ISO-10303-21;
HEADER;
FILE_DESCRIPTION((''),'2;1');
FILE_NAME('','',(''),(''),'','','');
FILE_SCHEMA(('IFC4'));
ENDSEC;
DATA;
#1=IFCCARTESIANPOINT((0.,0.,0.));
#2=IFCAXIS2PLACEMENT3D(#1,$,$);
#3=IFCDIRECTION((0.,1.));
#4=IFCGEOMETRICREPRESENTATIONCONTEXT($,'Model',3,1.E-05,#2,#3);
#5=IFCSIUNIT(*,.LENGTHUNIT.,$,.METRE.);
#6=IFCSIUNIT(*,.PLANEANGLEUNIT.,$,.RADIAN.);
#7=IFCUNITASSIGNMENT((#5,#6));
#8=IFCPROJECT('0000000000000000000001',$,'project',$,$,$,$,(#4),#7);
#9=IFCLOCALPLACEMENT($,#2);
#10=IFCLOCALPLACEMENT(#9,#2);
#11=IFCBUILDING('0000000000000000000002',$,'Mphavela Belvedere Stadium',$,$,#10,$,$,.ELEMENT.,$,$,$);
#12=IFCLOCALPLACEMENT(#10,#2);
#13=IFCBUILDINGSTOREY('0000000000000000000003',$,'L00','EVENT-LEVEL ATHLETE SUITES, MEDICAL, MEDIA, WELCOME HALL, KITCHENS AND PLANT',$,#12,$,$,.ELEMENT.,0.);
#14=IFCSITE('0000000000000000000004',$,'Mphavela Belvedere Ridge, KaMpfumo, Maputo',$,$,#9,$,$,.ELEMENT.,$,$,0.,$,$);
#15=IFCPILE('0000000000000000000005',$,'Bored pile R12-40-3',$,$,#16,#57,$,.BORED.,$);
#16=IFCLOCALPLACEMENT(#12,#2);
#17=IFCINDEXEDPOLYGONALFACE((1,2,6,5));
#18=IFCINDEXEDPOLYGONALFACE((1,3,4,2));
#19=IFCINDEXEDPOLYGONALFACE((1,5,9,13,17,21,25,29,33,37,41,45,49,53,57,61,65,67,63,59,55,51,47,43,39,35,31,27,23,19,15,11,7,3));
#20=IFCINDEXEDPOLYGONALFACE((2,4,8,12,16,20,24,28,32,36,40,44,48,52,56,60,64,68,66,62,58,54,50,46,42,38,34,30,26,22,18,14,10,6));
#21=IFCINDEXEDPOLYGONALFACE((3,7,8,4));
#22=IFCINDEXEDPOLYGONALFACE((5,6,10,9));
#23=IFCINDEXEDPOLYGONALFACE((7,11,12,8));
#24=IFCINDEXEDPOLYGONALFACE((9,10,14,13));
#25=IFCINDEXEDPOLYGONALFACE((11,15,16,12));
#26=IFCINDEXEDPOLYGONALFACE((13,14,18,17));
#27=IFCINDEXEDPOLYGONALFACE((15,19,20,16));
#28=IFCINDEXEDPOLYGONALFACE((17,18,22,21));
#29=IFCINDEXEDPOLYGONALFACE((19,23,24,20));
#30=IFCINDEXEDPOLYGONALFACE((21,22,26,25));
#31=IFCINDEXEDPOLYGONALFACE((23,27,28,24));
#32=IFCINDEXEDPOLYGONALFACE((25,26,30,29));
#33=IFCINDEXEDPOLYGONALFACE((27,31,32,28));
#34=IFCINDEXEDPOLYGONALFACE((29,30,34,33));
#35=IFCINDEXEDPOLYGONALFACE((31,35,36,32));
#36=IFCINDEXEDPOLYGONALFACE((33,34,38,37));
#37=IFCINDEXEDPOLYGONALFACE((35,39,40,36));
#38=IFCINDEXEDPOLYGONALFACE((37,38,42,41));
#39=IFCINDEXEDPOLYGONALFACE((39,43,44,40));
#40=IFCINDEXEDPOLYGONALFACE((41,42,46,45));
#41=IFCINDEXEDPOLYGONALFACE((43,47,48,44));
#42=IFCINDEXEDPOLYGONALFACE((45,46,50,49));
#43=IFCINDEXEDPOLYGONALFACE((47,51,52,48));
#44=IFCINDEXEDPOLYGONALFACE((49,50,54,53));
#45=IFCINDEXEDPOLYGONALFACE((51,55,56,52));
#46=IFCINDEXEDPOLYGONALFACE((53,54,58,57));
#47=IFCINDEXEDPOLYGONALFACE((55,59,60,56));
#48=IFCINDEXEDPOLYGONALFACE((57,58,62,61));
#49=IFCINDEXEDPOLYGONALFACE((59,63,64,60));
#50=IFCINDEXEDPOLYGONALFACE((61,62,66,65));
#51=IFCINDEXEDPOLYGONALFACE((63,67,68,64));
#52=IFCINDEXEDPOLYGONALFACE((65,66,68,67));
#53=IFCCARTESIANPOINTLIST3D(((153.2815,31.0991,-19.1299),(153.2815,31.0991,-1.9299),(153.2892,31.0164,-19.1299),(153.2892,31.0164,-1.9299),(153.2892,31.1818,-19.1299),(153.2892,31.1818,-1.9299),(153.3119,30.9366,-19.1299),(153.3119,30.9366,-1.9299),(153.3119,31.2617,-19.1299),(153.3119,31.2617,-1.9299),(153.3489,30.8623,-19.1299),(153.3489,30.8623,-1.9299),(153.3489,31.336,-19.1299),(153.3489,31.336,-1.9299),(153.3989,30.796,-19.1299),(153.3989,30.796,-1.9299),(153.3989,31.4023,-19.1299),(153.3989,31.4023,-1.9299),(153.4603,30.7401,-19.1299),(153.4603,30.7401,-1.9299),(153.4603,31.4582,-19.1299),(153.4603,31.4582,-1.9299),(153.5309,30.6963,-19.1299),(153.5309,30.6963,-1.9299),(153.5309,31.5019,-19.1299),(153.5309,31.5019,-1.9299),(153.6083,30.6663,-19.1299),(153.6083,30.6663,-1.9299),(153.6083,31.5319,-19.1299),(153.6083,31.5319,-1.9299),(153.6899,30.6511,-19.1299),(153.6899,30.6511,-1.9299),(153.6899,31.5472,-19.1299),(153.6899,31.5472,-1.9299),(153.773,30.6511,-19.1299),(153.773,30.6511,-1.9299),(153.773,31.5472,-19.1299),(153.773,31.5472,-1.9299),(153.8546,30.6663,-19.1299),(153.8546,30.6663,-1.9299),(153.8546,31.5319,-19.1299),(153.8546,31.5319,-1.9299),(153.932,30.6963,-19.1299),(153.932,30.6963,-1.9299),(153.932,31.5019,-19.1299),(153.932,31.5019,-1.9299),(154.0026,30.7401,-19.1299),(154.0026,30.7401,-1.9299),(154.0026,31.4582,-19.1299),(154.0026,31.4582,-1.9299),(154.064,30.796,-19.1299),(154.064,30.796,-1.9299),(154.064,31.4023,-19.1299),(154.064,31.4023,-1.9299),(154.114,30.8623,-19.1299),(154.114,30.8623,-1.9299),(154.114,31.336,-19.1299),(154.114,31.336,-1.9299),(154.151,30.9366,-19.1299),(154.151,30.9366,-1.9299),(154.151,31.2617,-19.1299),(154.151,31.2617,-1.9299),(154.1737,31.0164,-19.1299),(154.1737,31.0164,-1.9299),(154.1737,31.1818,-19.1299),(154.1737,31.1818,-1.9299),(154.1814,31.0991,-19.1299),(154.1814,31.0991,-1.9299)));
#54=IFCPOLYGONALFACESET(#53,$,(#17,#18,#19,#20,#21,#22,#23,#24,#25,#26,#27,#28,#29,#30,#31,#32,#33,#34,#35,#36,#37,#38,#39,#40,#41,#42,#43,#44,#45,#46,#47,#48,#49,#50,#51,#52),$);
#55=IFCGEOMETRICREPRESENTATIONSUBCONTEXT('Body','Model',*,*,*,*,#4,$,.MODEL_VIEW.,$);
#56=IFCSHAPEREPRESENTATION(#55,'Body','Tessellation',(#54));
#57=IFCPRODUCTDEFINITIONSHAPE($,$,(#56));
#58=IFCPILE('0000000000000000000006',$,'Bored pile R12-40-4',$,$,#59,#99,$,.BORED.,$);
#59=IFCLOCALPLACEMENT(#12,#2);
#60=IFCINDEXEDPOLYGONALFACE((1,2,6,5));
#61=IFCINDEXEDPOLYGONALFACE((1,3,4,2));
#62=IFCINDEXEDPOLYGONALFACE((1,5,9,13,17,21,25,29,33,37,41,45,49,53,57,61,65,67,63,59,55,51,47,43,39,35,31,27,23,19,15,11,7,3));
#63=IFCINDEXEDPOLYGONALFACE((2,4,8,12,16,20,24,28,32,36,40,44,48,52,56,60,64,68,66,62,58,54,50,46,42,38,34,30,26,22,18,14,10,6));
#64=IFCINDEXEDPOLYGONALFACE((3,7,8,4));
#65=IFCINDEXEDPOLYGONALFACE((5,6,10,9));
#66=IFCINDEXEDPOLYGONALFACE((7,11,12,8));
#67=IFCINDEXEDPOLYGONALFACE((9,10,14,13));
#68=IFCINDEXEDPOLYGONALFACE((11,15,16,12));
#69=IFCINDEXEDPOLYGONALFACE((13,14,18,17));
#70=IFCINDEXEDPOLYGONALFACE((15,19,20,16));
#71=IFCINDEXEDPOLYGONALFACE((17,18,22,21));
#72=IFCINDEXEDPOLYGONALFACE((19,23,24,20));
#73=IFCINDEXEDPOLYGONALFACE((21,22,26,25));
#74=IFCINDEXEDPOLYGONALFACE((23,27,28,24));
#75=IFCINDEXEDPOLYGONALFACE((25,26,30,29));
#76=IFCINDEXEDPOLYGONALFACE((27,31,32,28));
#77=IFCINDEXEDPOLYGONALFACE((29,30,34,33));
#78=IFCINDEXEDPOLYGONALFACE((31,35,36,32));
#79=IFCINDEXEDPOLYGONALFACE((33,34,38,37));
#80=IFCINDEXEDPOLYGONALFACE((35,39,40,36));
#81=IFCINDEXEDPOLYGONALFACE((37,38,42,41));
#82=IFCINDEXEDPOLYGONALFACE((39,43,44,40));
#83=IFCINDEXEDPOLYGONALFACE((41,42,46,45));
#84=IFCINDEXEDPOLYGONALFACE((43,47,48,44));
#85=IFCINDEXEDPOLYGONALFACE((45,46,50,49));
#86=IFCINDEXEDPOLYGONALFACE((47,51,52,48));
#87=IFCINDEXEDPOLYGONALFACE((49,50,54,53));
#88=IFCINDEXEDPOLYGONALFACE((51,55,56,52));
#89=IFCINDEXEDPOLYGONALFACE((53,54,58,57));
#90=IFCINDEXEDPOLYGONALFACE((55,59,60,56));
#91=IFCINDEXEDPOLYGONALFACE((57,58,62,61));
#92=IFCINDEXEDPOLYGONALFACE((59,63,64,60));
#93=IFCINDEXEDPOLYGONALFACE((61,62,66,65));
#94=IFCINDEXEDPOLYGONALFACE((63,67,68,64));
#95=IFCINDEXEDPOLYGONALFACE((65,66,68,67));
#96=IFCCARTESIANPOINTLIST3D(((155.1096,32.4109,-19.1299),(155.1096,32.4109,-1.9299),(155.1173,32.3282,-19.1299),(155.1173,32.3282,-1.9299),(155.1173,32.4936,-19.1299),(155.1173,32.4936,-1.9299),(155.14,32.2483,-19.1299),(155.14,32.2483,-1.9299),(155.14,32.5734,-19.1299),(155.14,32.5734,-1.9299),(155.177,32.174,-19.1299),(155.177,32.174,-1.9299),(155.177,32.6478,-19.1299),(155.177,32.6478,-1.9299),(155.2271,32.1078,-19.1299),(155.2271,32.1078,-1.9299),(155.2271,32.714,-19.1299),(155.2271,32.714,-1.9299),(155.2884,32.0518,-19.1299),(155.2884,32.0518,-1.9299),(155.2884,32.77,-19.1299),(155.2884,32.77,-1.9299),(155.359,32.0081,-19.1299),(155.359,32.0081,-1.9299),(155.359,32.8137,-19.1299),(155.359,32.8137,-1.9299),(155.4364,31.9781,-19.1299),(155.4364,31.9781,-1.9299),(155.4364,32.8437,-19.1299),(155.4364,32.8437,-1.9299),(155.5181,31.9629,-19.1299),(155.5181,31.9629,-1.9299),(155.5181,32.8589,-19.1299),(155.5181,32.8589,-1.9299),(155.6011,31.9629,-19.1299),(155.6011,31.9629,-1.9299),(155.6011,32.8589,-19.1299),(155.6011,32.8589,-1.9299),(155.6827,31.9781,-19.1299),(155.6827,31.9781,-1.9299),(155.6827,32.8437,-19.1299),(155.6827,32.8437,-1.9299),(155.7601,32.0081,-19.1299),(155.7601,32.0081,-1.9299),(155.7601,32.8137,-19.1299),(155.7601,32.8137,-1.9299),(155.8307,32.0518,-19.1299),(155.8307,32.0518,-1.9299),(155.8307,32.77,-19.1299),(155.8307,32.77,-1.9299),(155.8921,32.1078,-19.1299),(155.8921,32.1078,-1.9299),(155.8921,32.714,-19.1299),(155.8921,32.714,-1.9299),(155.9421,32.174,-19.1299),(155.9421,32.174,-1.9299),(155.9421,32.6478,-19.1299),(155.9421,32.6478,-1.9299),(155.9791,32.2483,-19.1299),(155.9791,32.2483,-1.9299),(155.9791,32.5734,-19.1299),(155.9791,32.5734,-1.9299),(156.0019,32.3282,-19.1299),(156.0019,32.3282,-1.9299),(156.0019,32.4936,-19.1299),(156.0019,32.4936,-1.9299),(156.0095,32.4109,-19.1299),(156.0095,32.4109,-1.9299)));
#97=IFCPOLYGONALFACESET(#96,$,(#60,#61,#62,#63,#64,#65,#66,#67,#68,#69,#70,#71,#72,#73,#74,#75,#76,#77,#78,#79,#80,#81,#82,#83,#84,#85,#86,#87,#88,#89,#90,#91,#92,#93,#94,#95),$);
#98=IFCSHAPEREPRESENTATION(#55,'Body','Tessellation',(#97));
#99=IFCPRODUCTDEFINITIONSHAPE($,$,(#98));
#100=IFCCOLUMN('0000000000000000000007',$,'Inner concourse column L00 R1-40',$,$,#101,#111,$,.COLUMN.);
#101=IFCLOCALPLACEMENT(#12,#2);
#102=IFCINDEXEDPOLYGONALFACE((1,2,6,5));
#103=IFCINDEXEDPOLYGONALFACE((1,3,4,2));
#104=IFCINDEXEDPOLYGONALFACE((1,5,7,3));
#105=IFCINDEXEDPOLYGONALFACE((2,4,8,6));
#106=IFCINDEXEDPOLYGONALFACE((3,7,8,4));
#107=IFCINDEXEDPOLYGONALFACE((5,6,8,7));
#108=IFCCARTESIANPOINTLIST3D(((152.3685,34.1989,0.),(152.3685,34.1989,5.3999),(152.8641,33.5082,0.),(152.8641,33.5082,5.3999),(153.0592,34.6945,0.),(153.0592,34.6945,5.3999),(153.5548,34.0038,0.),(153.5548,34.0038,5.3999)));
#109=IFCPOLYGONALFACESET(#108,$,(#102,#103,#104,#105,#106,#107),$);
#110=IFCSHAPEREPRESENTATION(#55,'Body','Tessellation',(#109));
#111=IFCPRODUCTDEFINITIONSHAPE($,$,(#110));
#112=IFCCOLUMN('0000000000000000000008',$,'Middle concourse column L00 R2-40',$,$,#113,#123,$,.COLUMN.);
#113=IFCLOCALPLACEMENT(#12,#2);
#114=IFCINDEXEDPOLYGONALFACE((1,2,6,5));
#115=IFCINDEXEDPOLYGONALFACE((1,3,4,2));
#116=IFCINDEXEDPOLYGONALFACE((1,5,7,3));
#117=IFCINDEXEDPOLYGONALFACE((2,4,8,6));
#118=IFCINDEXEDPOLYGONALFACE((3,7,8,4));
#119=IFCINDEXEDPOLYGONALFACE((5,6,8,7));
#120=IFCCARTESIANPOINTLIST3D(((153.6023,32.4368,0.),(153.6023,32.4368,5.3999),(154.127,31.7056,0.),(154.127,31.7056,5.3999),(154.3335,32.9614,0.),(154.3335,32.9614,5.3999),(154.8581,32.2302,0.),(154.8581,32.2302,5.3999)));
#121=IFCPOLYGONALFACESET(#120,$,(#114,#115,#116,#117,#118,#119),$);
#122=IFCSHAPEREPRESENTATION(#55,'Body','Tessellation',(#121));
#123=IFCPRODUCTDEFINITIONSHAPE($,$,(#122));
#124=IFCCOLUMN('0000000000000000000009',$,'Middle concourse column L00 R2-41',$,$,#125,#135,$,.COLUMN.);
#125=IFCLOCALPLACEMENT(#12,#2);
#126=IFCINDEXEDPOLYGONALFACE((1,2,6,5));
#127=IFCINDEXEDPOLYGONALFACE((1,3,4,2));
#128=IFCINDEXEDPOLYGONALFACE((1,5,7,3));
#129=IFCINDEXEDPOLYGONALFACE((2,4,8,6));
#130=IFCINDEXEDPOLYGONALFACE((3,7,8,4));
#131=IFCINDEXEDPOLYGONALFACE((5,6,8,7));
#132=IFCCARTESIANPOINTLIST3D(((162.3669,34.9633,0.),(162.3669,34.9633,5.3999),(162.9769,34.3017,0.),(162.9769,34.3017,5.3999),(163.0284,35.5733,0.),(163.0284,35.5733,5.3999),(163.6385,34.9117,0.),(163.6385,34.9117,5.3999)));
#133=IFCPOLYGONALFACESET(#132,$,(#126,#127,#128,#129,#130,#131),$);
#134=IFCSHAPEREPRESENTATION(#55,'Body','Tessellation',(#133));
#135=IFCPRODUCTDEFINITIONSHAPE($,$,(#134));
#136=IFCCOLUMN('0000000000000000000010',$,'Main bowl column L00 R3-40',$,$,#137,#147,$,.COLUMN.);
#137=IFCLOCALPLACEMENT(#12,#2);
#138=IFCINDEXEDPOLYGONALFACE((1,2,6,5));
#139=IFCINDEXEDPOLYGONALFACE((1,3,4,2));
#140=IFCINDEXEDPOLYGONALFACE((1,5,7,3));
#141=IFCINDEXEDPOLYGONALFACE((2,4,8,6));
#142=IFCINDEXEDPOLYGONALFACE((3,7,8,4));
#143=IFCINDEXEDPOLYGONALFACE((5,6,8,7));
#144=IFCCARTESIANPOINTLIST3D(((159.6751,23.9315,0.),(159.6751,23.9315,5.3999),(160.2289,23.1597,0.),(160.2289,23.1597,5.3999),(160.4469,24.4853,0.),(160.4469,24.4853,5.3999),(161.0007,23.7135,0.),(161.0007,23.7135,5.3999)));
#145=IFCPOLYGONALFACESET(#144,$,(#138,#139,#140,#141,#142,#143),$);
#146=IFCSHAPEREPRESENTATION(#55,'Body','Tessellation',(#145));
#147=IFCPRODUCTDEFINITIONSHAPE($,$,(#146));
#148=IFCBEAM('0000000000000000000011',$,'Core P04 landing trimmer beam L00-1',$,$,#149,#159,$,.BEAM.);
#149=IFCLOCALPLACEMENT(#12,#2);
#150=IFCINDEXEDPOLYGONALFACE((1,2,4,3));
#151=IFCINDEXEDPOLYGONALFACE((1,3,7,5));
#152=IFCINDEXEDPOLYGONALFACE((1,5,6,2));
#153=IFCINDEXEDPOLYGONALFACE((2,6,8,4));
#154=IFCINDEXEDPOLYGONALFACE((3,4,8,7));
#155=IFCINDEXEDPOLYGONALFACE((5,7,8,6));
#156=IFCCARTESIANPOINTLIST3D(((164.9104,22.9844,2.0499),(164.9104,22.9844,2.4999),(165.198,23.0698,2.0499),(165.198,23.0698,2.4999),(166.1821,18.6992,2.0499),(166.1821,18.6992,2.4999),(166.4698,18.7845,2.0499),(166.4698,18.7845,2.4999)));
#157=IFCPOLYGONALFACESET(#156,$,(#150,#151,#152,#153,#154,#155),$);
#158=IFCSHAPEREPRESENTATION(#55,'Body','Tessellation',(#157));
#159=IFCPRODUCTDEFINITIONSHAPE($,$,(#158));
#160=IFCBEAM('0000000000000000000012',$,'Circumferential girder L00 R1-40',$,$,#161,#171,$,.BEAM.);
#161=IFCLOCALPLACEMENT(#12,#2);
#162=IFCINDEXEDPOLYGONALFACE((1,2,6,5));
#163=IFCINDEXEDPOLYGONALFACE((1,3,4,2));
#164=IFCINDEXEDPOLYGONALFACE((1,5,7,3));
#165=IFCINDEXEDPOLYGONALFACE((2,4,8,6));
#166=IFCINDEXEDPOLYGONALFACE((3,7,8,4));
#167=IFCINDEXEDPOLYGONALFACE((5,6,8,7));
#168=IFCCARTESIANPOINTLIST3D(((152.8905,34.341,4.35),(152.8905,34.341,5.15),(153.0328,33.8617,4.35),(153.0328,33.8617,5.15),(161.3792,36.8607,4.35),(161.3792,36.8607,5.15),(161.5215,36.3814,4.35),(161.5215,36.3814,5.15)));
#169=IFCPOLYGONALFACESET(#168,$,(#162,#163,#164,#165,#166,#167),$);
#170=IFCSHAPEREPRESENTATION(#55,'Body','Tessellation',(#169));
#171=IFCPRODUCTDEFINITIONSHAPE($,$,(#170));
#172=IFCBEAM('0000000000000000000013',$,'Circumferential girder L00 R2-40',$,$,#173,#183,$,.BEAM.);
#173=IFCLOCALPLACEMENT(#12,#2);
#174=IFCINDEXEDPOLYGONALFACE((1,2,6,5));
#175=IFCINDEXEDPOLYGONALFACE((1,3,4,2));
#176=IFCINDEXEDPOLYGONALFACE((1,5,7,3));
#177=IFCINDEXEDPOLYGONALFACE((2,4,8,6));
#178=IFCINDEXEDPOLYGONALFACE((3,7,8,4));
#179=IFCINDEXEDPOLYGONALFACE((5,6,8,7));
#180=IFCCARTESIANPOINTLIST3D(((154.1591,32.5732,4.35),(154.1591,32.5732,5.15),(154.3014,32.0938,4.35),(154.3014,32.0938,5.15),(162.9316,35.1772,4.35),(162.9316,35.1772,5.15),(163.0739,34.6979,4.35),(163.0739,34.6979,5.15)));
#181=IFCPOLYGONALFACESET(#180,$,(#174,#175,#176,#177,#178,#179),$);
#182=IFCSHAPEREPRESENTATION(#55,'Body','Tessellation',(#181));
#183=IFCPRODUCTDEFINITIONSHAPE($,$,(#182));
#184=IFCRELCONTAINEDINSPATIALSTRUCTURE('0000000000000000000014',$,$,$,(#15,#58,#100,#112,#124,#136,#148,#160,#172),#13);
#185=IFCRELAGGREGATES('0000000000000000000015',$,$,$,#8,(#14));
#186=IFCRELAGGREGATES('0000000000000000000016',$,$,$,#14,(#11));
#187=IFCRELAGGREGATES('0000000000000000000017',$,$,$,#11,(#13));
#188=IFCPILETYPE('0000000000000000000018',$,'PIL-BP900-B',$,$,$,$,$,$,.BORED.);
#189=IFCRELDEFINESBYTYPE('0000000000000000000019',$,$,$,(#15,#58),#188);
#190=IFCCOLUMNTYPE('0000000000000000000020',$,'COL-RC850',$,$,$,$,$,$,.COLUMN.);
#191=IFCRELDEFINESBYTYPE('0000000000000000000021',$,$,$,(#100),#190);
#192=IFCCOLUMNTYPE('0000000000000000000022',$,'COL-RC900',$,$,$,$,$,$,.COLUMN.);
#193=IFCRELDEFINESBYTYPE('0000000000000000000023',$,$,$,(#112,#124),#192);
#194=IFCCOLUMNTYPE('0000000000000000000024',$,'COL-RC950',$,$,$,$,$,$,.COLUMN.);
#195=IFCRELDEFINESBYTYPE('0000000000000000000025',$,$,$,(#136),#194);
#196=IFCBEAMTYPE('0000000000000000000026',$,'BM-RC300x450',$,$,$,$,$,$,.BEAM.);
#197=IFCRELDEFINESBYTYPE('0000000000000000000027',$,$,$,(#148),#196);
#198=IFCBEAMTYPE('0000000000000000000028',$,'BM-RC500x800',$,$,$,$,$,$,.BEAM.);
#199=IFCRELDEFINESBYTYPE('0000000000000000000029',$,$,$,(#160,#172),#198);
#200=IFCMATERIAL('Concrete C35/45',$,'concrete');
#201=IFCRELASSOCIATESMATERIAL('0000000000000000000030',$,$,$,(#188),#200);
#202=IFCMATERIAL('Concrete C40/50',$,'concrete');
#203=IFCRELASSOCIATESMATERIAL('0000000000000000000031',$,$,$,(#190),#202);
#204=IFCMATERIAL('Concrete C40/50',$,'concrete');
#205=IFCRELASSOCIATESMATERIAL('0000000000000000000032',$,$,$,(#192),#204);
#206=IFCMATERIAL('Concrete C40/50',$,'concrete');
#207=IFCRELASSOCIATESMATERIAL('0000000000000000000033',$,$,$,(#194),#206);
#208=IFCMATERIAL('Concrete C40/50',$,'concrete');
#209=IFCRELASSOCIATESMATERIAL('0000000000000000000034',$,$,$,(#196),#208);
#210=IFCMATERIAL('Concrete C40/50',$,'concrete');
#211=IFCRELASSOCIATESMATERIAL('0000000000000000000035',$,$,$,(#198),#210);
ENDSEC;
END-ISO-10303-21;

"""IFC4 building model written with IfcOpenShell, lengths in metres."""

from ifc_helpers import new_model, si_unit, direction, frame, origin, origin_2d, place, context, subcontext, project, spatial, rectangle, circle, extrude, material, material_profile, profile_set, type_object, element, save


model = new_model("IFC4")

# Units and contexts
model_context = context("Model", 3, precision=1e-05, world=origin(), true_north=direction((0.0, 1.0)))
body_context = subcontext(model_context, "Body", "Model", "MODEL_VIEW")
ifc_project = project(units=[si_unit("LENGTHUNIT", "METRE"), si_unit("PLANEANGLEUNIT", "RADIAN")], contexts=[model_context])

# Site, building, storey
site_placement = place(None, origin())
site = spatial("IfcSite", under=ifc_project, at=site_placement, Name="Mphavela Belvedere Ridge, KaMpfumo, Maputo", CompositionType="ELEMENT", RefElevation=0.0)
building_placement = place(site_placement, origin())
building = spatial("IfcBuilding", under=site, at=building_placement, Name="Mphavela Belvedere Stadium", CompositionType="ELEMENT")
storey_placement = place(building_placement, origin())
storey = spatial("IfcBuildingStorey", under=building, at=storey_placement, Name="L00", Description="EVENT-LEVEL ATHLETE SUITES, MEDICAL, MEDIA, WELCOME HALL, KITCHENS AND PLANT", CompositionType="ELEMENT", Elevation=0.0)

# Piles
ifc_material_1 = material(Name="Concrete C35/45", Category="concrete")
ifc_material_profile_1 = material_profile(ifc_material_1, circle(Radius=0.45, at=origin_2d()), Name="BP D900")
ifc_profile_set_1 = profile_set([ifc_material_profile_1], Name="Concrete C35/45")
pile_type_1 = type_object("IfcPileType", Name="PIL-BP900-B", PredefinedType="BORED", material=ifc_profile_set_1)
for number, where, z_axis, x_axis, name in (
    (1, (153.7314, 31.0991, -1.9299), (0.0, 0.0, -1.0), (1.0, 0.0, 0.0), "Bored pile R12-40-3"),
    (2, (155.5596, 32.4109, -1.9299), (0.0, 0.0, -1.0), (1.0, 0.0, 0.0), "Bored pile R12-40-4"),
):
    element("IfcPile", number, at=place(storey_placement, frame(where, z_axis=z_axis, x_axis=x_axis)), inside=storey, type_object=pile_type_1, Name=name, PredefinedType="BORED", context=body_context, shape_type="SweptSolid", body=[
        extrude(circle(Radius=0.45, at=origin_2d()), origin(), (0.0, 0.0, 1.0), 17.2),
    ])

# Columns
ifc_material_2 = material(Name="Concrete C40/50", Category="concrete")
ifc_material_profile_2 = material_profile(ifc_material_2, rectangle(XDim=0.8501, YDim=0.8501, at=origin_2d()), Name="RC 850x850")
ifc_profile_set_2 = profile_set([ifc_material_profile_2], Name="Concrete C40/50")
column_type_1 = type_object("IfcColumnType", Name="COL-RC850", PredefinedType="COLUMN", material=ifc_profile_set_2)
column_1_placement = place(storey_placement, frame((152.9617, 34.1013, 0.0), z_axis=(0.0, 0.0, 1.0), x_axis=(0.582974, -0.812491, 0.0)))
element("IfcColumn", 3, at=column_1_placement, inside=storey, type_object=column_type_1, Name="Inner concourse column L00 R1-40", PredefinedType="COLUMN", context=body_context, shape_type="SweptSolid", body=[
    extrude(rectangle(XDim=0.8501, YDim=0.8501, at=origin_2d()), origin(), (0.0, 0.0, 1.0), 5.3999),
])
ifc_material_3 = material(Name="Concrete C40/50", Category="concrete")
ifc_material_profile_3 = material_profile(ifc_material_3, rectangle(XDim=0.8999, YDim=0.8999, at=origin_2d()), Name="RC 900x900")
ifc_profile_set_3 = profile_set([ifc_material_profile_3], Name="Concrete C40/50")
column_type_2 = type_object("IfcColumnType", Name="COL-RC900", PredefinedType="COLUMN", material=ifc_profile_set_3)
for number, where, z_axis, x_axis, name in (
    (4, (154.2302, 32.3335, 0.0), (0.0, 0.0, 1.0), (0.582974, -0.812491, 0.0), "Middle concourse column L00 R2-40"),
    (5, (163.0027, 34.9375, 0.0), (0.0, 0.0, 1.0), (0.677903, -0.735151, 0.0), "Middle concourse column L00 R2-41"),
):
    element("IfcColumn", number, at=place(storey_placement, frame(where, z_axis=z_axis, x_axis=x_axis)), inside=storey, type_object=column_type_2, Name=name, PredefinedType="COLUMN", context=body_context, shape_type="SweptSolid", body=[
        extrude(rectangle(XDim=0.8999, YDim=0.8999, at=origin_2d()), origin(), (0.0, 0.0, 1.0), 5.3999),
    ])
ifc_material_4 = material(Name="Concrete C40/50", Category="concrete")
ifc_material_profile_4 = material_profile(ifc_material_4, rectangle(XDim=0.95, YDim=0.95, at=origin_2d()), Name="RC 950x950")
ifc_profile_set_4 = profile_set([ifc_material_profile_4], Name="Concrete C40/50")
column_type_3 = type_object("IfcColumnType", Name="COL-RC950", PredefinedType="COLUMN", material=ifc_profile_set_4)
column_2_placement = place(storey_placement, frame((160.3379, 23.8225, 0.0), z_axis=(0.0, 0.0, 1.0), x_axis=(0.582974, -0.812491, 0.0)))
element("IfcColumn", 6, at=column_2_placement, inside=storey, type_object=column_type_3, Name="Main bowl column L00 R3-40", PredefinedType="COLUMN", context=body_context, shape_type="SweptSolid", body=[
    extrude(rectangle(XDim=0.95, YDim=0.95, at=origin_2d()), origin(), (0.0, 0.0, 1.0), 5.3999),
])

# Beams
ifc_material_5 = material(Name="Concrete C40/50", Category="concrete")
ifc_material_profile_5 = material_profile(ifc_material_5, rectangle(XDim=0.3, YDim=0.45, at=origin_2d()), Name="RC 300x450")
ifc_profile_set_5 = profile_set([ifc_material_profile_5], Name="Concrete C40/50")
beam_type_1 = type_object("IfcBeamType", Name="BM-RC300x450", PredefinedType="BEAM", material=ifc_profile_set_5)
beam_1_placement = place(storey_placement, frame((165.0542, 23.0271, 2.2749), z_axis=(0.28451, -0.958673, 0.0), x_axis=(0.958673, 0.28451, 0.0)))
element("IfcBeam", 7, at=beam_1_placement, inside=storey, type_object=beam_type_1, Name="Core P04 landing trimmer beam L00-1", PredefinedType="BEAM", context=body_context, shape_type="SweptSolid", body=[
    extrude(rectangle(XDim=0.3, YDim=0.45, at=origin_2d()), origin(), (0.0, 0.0, 1.0), 4.47),
])
ifc_material_6 = material(Name="Concrete C40/50", Category="concrete")
ifc_material_profile_6 = material_profile(ifc_material_6, rectangle(XDim=0.5, YDim=0.8, at=origin_2d()), Name="RC 500x800")
ifc_profile_set_6 = profile_set([ifc_material_profile_6], Name="Concrete C40/50")
beam_type_2 = type_object("IfcBeamType", Name="BM-RC500x800", PredefinedType="BEAM", material=ifc_profile_set_6)
beam_2_placement = place(storey_placement, frame((152.9617, 34.1013, 4.75), z_axis=(0.958657, 0.284564, 0.0), x_axis=(-0.284564, 0.958657, 0.0)))
element("IfcBeam", 8, at=beam_2_placement, inside=storey, type_object=beam_type_2, Name="Circumferential girder L00 R1-40", PredefinedType="BEAM", context=body_context, shape_type="SweptSolid", body=[
    extrude(rectangle(XDim=0.5, YDim=0.8, at=origin_2d()), origin(), (0.0, 0.0, 1.0), 8.8547),
])
beam_3_placement = place(storey_placement, frame((154.2302, 32.3335, 4.75), z_axis=(0.958656, 0.284566, 0.0), x_axis=(-0.284566, 0.958656, 0.0)))
element("IfcBeam", 9, at=beam_3_placement, inside=storey, type_object=beam_type_2, Name="Circumferential girder L00 R2-40", PredefinedType="BEAM", context=body_context, shape_type="SweptSolid", body=[
    extrude(rectangle(XDim=0.5, YDim=0.8, at=origin_2d()), origin(), (0.0, 0.0, 1.0), 9.1509),
])

save(model, "model.ifc")
